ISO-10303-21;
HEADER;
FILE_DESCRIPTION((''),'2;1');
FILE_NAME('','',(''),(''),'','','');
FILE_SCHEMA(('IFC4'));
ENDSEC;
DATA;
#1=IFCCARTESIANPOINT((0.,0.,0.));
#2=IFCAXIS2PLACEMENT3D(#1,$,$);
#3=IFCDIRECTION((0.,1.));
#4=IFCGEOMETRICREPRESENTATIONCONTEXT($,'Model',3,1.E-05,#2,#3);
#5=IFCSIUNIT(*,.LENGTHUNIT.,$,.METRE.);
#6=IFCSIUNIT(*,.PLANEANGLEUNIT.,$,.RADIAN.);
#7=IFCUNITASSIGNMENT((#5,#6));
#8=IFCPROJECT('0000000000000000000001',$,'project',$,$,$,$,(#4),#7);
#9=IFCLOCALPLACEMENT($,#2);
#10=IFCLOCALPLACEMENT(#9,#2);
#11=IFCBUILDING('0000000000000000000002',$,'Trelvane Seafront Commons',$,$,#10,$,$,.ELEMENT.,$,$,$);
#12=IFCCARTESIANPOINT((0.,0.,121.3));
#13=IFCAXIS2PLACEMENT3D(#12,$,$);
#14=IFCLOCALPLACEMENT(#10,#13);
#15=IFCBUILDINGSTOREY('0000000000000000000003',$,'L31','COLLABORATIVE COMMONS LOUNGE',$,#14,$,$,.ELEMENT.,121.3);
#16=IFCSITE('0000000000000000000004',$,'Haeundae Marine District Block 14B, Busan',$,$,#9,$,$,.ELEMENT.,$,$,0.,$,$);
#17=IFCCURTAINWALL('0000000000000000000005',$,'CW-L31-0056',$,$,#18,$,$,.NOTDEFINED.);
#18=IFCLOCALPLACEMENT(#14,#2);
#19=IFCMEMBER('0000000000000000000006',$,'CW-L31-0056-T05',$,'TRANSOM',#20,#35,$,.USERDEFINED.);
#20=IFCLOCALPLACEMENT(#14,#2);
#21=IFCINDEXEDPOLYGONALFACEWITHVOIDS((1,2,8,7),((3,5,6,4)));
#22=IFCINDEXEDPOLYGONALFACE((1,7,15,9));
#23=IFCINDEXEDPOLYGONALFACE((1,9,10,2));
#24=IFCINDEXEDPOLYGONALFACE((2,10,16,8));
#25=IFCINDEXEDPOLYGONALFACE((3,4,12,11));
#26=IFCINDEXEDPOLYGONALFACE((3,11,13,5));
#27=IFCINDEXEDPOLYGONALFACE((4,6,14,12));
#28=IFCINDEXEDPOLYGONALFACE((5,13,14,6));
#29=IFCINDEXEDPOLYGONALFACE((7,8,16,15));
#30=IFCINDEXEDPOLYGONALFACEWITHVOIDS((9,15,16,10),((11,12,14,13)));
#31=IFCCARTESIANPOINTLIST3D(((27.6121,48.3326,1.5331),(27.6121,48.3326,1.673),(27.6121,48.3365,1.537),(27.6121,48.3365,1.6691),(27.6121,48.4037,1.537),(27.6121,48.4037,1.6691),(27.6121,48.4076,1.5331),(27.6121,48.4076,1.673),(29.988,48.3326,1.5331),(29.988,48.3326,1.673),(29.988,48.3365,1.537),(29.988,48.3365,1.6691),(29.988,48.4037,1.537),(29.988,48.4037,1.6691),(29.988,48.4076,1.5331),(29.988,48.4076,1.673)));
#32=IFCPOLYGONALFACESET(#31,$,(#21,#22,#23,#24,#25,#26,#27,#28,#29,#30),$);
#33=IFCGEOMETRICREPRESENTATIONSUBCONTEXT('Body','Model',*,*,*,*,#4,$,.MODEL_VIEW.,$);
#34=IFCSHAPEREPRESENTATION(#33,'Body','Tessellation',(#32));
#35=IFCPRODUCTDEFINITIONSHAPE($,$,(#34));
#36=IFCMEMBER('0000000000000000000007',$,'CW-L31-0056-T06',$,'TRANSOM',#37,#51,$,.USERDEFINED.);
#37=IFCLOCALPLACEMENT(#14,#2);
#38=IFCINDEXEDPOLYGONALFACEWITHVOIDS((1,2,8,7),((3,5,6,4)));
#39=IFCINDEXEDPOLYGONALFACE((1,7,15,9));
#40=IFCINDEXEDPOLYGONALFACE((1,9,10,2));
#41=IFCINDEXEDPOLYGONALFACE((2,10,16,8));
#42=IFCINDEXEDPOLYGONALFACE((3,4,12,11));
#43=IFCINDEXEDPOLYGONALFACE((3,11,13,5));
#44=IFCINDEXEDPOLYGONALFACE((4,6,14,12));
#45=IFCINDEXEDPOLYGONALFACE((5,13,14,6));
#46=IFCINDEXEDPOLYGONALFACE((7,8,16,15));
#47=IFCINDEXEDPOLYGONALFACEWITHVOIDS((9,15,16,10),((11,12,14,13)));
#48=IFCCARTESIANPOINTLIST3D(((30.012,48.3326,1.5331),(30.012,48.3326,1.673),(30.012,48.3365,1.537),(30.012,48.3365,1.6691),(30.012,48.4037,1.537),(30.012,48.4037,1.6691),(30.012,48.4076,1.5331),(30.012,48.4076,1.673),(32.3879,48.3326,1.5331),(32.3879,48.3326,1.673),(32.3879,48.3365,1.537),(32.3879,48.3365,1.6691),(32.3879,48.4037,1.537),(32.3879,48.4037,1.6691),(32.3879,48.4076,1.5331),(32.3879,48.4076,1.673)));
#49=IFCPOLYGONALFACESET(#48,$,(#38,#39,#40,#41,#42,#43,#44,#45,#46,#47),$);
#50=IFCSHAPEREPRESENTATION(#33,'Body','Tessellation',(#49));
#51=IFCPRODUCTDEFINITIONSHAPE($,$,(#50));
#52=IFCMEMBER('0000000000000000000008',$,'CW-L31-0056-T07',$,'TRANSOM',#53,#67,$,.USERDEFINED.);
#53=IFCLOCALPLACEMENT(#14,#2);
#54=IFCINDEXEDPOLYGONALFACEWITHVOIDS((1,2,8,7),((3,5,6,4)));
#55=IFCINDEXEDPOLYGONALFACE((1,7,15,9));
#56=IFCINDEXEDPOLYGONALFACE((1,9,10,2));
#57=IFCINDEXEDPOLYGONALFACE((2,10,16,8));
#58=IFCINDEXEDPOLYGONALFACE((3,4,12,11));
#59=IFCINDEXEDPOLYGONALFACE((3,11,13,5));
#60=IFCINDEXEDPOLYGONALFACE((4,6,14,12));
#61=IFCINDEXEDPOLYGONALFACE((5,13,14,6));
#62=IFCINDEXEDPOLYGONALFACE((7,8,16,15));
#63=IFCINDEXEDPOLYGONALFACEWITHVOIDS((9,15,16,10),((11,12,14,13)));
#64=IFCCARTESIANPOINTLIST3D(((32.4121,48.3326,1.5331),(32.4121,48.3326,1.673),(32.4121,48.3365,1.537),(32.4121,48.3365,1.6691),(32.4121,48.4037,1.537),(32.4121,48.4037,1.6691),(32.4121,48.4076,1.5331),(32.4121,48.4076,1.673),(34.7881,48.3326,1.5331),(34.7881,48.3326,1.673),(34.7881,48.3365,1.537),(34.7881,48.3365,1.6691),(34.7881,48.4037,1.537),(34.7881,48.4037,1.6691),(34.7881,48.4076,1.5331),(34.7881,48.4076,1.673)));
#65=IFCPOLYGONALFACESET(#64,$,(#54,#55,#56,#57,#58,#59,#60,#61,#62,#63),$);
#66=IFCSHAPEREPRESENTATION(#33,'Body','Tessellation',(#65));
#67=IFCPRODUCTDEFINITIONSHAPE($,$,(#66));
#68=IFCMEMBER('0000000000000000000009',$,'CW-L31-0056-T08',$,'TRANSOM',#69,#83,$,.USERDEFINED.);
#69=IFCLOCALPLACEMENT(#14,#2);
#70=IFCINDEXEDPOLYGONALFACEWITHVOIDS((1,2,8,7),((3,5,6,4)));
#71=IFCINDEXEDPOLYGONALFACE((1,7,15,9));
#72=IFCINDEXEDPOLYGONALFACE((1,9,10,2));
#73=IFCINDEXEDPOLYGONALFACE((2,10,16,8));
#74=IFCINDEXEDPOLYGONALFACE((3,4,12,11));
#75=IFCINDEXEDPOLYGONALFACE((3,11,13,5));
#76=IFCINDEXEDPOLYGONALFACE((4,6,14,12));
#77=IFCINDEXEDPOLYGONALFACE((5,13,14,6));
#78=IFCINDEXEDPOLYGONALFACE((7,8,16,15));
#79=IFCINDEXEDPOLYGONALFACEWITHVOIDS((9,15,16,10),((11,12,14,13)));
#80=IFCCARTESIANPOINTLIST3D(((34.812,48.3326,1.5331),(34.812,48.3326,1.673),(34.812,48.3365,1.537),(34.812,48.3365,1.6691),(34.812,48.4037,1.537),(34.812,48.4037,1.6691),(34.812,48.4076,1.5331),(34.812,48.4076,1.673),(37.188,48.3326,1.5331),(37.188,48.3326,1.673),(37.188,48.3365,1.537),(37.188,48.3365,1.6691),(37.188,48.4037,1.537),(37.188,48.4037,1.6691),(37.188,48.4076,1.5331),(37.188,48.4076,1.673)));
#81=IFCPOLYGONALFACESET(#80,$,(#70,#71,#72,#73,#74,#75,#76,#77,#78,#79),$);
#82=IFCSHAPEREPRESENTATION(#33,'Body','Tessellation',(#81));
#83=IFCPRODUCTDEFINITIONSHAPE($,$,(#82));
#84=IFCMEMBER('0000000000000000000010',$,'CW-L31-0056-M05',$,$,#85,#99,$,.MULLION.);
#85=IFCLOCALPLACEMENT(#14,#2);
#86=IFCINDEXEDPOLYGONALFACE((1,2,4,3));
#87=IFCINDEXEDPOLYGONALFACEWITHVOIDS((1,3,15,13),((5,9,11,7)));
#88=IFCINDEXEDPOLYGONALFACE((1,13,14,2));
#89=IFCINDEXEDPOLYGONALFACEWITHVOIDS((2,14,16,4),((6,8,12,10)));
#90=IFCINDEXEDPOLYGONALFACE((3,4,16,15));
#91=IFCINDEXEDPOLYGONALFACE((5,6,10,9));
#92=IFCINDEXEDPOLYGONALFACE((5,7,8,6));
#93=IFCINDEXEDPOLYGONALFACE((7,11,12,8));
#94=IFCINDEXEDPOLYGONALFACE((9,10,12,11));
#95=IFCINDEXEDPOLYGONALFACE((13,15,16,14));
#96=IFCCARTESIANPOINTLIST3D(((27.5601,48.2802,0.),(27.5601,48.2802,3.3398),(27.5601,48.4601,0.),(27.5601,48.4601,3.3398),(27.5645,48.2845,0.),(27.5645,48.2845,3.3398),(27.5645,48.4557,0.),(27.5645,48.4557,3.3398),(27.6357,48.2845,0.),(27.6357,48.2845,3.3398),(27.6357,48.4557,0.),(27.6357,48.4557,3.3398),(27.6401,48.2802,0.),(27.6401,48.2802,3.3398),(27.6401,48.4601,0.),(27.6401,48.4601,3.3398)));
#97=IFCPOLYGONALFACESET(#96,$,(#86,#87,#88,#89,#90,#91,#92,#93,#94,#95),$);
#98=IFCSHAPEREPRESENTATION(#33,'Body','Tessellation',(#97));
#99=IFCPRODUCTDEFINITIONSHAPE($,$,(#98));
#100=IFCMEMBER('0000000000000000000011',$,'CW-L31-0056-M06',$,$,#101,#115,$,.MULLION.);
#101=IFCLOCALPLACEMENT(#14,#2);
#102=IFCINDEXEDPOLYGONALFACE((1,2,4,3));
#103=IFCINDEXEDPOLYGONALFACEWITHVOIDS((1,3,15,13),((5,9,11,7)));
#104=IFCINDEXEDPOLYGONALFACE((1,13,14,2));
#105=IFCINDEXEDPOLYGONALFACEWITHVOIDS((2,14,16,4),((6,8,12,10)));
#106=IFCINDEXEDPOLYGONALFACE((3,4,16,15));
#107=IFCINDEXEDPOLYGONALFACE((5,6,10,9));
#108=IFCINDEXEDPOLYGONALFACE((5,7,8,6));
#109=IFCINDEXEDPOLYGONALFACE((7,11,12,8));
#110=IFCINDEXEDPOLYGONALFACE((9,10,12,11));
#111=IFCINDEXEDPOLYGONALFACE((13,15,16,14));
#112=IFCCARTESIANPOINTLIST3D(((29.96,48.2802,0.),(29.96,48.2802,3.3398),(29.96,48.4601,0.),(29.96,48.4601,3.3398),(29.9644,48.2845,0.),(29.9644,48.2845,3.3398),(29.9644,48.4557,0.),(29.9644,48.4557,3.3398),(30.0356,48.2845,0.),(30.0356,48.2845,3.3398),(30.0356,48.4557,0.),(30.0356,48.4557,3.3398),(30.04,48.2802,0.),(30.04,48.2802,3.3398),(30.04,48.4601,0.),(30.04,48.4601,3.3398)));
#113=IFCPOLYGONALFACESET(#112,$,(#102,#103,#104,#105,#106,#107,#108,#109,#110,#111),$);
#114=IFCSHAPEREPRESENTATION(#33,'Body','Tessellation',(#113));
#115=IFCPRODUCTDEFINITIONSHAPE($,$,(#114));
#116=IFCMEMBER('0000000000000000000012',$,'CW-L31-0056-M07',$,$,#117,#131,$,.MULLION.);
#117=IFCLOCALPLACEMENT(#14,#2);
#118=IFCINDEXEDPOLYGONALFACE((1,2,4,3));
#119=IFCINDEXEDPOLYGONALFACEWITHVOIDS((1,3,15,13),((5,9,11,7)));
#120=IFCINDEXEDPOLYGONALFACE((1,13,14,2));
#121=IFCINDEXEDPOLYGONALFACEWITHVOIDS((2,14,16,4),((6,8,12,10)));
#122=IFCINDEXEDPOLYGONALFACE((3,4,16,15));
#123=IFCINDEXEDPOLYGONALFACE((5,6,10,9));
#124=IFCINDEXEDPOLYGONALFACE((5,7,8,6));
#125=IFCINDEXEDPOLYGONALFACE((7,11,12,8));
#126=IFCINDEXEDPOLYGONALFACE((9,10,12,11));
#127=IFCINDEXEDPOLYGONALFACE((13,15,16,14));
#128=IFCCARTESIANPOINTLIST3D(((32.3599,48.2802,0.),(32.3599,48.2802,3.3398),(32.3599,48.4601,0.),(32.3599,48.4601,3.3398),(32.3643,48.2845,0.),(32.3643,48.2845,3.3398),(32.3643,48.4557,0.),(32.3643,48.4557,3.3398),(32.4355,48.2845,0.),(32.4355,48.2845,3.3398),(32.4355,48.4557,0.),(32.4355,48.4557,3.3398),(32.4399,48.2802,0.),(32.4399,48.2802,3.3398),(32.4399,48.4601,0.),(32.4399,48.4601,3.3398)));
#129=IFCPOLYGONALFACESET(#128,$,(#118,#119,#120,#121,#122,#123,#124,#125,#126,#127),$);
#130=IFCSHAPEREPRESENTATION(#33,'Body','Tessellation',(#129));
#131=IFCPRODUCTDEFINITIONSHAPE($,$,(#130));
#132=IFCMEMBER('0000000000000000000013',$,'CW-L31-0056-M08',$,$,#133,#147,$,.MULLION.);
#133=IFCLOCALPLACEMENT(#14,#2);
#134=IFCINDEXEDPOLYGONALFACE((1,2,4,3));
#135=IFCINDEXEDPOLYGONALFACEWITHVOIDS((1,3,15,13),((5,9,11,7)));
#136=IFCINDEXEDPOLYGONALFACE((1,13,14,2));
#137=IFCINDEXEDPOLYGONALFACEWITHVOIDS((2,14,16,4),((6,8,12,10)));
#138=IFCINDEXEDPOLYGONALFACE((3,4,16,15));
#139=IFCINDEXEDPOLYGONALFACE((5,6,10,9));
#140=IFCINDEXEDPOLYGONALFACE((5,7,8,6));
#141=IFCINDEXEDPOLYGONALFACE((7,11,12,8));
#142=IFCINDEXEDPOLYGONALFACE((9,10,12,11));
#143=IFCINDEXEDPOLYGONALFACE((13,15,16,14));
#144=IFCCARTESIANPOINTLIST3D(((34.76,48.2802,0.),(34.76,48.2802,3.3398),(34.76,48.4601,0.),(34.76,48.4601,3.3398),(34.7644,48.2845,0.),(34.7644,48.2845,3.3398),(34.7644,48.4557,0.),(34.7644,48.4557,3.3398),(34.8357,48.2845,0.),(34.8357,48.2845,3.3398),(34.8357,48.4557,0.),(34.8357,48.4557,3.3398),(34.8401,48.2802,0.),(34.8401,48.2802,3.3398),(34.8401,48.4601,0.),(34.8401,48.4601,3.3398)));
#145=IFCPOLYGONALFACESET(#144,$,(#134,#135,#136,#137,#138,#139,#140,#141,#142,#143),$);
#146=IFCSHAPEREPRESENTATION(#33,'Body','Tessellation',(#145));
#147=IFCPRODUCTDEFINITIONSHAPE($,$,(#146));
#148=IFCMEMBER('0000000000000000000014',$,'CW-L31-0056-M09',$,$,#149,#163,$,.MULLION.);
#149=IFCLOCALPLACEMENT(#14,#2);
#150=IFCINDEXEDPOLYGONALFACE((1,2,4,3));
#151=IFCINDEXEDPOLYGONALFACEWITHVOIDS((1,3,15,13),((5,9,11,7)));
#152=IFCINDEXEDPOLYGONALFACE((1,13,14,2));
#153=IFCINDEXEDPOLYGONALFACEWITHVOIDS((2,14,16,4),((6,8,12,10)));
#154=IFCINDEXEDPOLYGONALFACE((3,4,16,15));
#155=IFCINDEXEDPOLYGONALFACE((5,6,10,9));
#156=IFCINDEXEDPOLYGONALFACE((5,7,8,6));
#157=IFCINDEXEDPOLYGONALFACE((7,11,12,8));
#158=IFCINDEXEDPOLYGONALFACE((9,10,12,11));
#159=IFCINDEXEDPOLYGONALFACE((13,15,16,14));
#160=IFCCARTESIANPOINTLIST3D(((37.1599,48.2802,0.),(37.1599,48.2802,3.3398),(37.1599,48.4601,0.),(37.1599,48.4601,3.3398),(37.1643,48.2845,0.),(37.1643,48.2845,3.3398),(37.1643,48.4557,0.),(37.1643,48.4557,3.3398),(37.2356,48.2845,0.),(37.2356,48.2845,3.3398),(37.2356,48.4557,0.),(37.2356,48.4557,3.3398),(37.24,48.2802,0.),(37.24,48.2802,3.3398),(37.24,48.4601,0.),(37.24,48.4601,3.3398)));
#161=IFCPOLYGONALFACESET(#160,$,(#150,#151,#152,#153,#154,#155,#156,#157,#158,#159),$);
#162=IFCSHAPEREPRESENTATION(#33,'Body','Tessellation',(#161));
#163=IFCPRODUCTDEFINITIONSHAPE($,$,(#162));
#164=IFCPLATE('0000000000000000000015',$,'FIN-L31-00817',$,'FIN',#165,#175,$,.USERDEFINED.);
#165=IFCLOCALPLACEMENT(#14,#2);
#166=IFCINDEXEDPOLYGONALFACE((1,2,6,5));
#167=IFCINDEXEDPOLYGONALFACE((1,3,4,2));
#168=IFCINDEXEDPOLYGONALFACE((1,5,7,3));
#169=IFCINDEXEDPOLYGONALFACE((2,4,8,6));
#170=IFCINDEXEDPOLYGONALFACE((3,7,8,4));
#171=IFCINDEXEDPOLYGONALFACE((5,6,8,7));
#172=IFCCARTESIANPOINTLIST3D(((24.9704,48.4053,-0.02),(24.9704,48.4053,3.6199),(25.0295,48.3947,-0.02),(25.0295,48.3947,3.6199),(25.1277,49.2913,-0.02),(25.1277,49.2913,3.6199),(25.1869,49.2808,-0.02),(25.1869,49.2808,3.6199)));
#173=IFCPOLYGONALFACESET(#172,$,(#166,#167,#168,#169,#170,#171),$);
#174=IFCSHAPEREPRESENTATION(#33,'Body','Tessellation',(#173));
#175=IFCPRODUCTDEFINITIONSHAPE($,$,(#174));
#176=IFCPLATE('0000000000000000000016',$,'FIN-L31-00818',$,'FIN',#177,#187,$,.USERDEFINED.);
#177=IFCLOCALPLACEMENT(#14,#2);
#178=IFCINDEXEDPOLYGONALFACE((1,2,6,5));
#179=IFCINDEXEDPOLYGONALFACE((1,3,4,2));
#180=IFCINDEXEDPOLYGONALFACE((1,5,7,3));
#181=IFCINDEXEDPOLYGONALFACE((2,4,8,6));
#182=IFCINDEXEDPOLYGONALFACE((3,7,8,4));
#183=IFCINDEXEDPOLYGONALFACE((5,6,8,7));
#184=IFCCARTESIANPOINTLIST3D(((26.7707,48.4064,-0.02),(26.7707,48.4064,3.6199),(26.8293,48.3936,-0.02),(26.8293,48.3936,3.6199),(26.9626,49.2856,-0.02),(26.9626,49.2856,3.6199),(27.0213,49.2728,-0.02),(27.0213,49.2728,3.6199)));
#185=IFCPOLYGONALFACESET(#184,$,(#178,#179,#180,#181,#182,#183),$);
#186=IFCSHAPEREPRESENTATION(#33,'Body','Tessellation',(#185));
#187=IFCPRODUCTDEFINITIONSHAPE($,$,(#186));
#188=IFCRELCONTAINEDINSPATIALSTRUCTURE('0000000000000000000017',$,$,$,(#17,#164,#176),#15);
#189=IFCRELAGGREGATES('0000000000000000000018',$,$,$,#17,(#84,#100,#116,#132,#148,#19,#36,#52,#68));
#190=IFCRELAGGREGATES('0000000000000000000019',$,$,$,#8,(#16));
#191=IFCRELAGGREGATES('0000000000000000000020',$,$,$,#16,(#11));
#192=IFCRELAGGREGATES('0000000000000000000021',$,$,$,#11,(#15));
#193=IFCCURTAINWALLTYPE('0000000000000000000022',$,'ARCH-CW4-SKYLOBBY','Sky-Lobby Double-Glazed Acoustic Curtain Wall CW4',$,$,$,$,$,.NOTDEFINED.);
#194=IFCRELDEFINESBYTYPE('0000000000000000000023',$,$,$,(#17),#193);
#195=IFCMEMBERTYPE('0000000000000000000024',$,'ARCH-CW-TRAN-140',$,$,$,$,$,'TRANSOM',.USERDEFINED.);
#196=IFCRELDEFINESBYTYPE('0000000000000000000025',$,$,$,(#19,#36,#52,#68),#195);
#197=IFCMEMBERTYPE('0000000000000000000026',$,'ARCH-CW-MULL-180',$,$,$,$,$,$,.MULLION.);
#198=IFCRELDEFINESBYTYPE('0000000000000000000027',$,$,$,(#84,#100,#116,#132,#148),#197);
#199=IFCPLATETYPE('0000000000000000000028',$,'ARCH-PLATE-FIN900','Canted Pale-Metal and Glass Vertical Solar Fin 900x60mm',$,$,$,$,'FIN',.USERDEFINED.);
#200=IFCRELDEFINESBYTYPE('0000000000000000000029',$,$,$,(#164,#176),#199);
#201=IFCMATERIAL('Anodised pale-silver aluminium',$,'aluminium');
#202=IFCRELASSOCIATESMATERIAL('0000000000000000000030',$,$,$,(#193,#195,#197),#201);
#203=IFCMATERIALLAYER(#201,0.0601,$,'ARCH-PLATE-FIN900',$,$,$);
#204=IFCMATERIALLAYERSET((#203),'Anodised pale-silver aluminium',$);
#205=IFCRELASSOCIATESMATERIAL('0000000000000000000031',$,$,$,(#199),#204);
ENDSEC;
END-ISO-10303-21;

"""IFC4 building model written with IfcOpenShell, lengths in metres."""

from ifc_helpers import new_model, si_unit, direction, frame, origin, origin_2d, place, context, subcontext, project, spatial, rectangle, hollow_rectangle, extrude, source, transform, mapped, material, layer, layer_set, material_profile, profile_set, type_object, element, aggregate, save


model = new_model("IFC4")

# Units and contexts
model_context = context("Model", 3, precision=1e-05, world=origin(), true_north=direction((0.0, 1.0)))
body_context = subcontext(model_context, "Body", "Model", "MODEL_VIEW")
ifc_project = project(units=[si_unit("LENGTHUNIT", "METRE"), si_unit("PLANEANGLEUNIT", "RADIAN")], contexts=[model_context])

# Site, building, storey
site_placement = place(None, origin())
site = spatial("IfcSite", under=ifc_project, at=site_placement, Name="Haeundae Marine District Block 14B, Busan", CompositionType="ELEMENT", RefElevation=0.0)
building_placement = place(site_placement, origin())
building = spatial("IfcBuilding", under=site, at=building_placement, Name="Trelvane Seafront Commons", CompositionType="ELEMENT")
storey_placement = place(building_placement, frame((0.0, 0.0, 121.3)))
storey = spatial("IfcBuildingStorey", under=building, at=storey_placement, Name="L31", Description="COLLABORATIVE COMMONS LOUNGE", CompositionType="ELEMENT", Elevation=121.3)

# Curtain wall, members
ifc_material_1 = material(Name="Anodised pale-silver aluminium", Category="aluminium")
curtain_wall_type = type_object("IfcCurtainWallType", Name="ARCH-CW4-SKYLOBBY", Description="Sky-Lobby Double-Glazed Acoustic Curtain Wall CW4", PredefinedType="NOTDEFINED", material=ifc_material_1)
curtain_wall_placement = place(storey_placement, origin())
curtain_wall = element("IfcCurtainWall", 1, at=curtain_wall_placement, inside=storey, type_object=curtain_wall_type, Name="CW-L31-0056", PredefinedType="NOTDEFINED")
ifc_material_profile_1 = material_profile(ifc_material_1, hollow_rectangle(XDim=0.075, YDim=0.1399, WallThickness=0.0039, at=origin_2d()), Name="TRAN-75x140x4")
ifc_profile_set_1 = profile_set([ifc_material_profile_1], Name="Anodised pale-silver aluminium")
member_type_1 = type_object("IfcMemberType", Name="ARCH-CW-TRAN-140", ElementType="TRANSOM", PredefinedType="USERDEFINED", material=ifc_profile_set_1)
shared_shape_1 = source(origin(), body_context, "Body", "SweptSolid", [
    extrude(hollow_rectangle(XDim=0.075, YDim=0.1399, WallThickness=0.0039, at=origin_2d()), origin(), (0.0, 0.0, 1.0), 2.376),
])
member_1_placement = place(storey_placement, frame((27.6121, 48.3701, 1.603), z_axis=(1.0, 0.0, 0.0), x_axis=(0.0, 1.0, 0.0)))
member_1 = element("IfcMember", 2, at=member_1_placement, type_object=member_type_1, Name="CW-L31-0056-T05", ObjectType="TRANSOM", PredefinedType="USERDEFINED", context=body_context, shape_type="MappedRepresentation", body=[
    mapped(shared_shape_1, transform((0.0, 0.0, 0.0), x_axis=(1.0, 0.0, 0.0), y_axis=(0.0, 1.0, 0.0), z_axis=(0.0, 0.0, 1.0), scale=1.0)),
])
member_2_placement = place(storey_placement, frame((30.012, 48.3701, 1.603), z_axis=(1.0, 0.0, 0.0), x_axis=(0.0, 1.0, 0.0)))
member_2 = element("IfcMember", 3, at=member_2_placement, type_object=member_type_1, Name="CW-L31-0056-T06", ObjectType="TRANSOM", PredefinedType="USERDEFINED", context=body_context, shape_type="MappedRepresentation", body=[
    mapped(shared_shape_1, transform((0.0, 0.0, 0.0), x_axis=(1.0, 0.0, 0.0), y_axis=(0.0, 1.0, 0.0), z_axis=(0.0, 0.0, 1.0), scale=1.0)),
])
member_3_placement = place(storey_placement, frame((32.4121, 48.3701, 1.603), z_axis=(1.0, 0.0, 0.0), x_axis=(0.0, 1.0, 0.0)))
member_3 = element("IfcMember", 4, at=member_3_placement, type_object=member_type_1, Name="CW-L31-0056-T07", ObjectType="TRANSOM", PredefinedType="USERDEFINED", context=body_context, shape_type="MappedRepresentation", body=[
    mapped(shared_shape_1, transform((0.0, 0.0, 0.0), x_axis=(1.0, 0.0, 0.0), y_axis=(0.0, 1.0, 0.0), z_axis=(0.0, 0.0, 1.0), scale=1.0)),
])
member_4_placement = place(storey_placement, frame((34.812, 48.3701, 1.603), z_axis=(1.0, 0.0, 0.0), x_axis=(0.0, 1.0, 0.0)))
member_4 = element("IfcMember", 5, at=member_4_placement, type_object=member_type_1, Name="CW-L31-0056-T08", ObjectType="TRANSOM", PredefinedType="USERDEFINED", context=body_context, shape_type="MappedRepresentation", body=[
    mapped(shared_shape_1, transform((0.0, 0.0, 0.0), x_axis=(1.0, 0.0, 0.0), y_axis=(0.0, 1.0, 0.0), z_axis=(0.0, 0.0, 1.0), scale=1.0)),
])
ifc_material_profile_2 = material_profile(ifc_material_1, hollow_rectangle(XDim=0.0801, YDim=0.1799, WallThickness=0.0044, at=origin_2d()), Name="MULL-80x180x4.5")
ifc_profile_set_2 = profile_set([ifc_material_profile_2], Name="Anodised pale-silver aluminium")
member_type_2 = type_object("IfcMemberType", Name="ARCH-CW-MULL-180", PredefinedType="MULLION", material=ifc_profile_set_2)
shared_shape_2 = source(origin(), body_context, "Body", "SweptSolid", [
    extrude(hollow_rectangle(XDim=0.0801, YDim=0.1799, WallThickness=0.0044, at=origin_2d()), origin(), (0.0, 0.0, 1.0), 3.3398),
])
member_5_placement = place(storey_placement, frame((27.6001, 48.3701, 0.0), z_axis=(0.0, 0.0, 1.0), x_axis=(1.0, 0.0, 0.0)))
member_5 = element("IfcMember", 6, at=member_5_placement, type_object=member_type_2, Name="CW-L31-0056-M05", PredefinedType="MULLION", context=body_context, shape_type="MappedRepresentation", body=[
    mapped(shared_shape_2, transform((0.0, 0.0, 0.0), x_axis=(1.0, 0.0, 0.0), y_axis=(0.0, 1.0, 0.0), z_axis=(0.0, 0.0, 1.0), scale=1.0)),
])
member_6_placement = place(storey_placement, frame((30.0, 48.3701, 0.0), z_axis=(0.0, 0.0, 1.0), x_axis=(1.0, 0.0, 0.0)))
member_6 = element("IfcMember", 7, at=member_6_placement, type_object=member_type_2, Name="CW-L31-0056-M06", PredefinedType="MULLION", context=body_context, shape_type="MappedRepresentation", body=[
    mapped(shared_shape_2, transform((0.0, 0.0, 0.0), x_axis=(1.0, 0.0, 0.0), y_axis=(0.0, 1.0, 0.0), z_axis=(0.0, 0.0, 1.0), scale=1.0)),
])
member_7_placement = place(storey_placement, frame((32.3999, 48.3701, 0.0), z_axis=(0.0, 0.0, 1.0), x_axis=(1.0, 0.0, 0.0)))
member_7 = element("IfcMember", 8, at=member_7_placement, type_object=member_type_2, Name="CW-L31-0056-M07", PredefinedType="MULLION", context=body_context, shape_type="MappedRepresentation", body=[
    mapped(shared_shape_2, transform((0.0, 0.0, 0.0), x_axis=(1.0, 0.0, 0.0), y_axis=(0.0, 1.0, 0.0), z_axis=(0.0, 0.0, 1.0), scale=1.0)),
])
member_8_placement = place(storey_placement, frame((34.8, 48.3701, 0.0), z_axis=(0.0, 0.0, 1.0), x_axis=(1.0, 0.0, 0.0)))
member_8 = element("IfcMember", 9, at=member_8_placement, type_object=member_type_2, Name="CW-L31-0056-M08", PredefinedType="MULLION", context=body_context, shape_type="MappedRepresentation", body=[
    mapped(shared_shape_2, transform((0.0, 0.0, 0.0), x_axis=(1.0, 0.0, 0.0), y_axis=(0.0, 1.0, 0.0), z_axis=(0.0, 0.0, 1.0), scale=1.0)),
])
member_9_placement = place(storey_placement, frame((37.2, 48.3701, 0.0), z_axis=(0.0, 0.0, 1.0), x_axis=(1.0, 0.0, 0.0)))
member_9 = element("IfcMember", 10, at=member_9_placement, type_object=member_type_2, Name="CW-L31-0056-M09", PredefinedType="MULLION", context=body_context, shape_type="MappedRepresentation", body=[
    mapped(shared_shape_2, transform((0.0, 0.0, 0.0), x_axis=(1.0, 0.0, 0.0), y_axis=(0.0, 1.0, 0.0), z_axis=(0.0, 0.0, 1.0), scale=1.0)),
])

# Plates
ifc_layer_1 = layer(ifc_material_1, 0.0601, Name="ARCH-PLATE-FIN900")
ifc_layer_set_1 = layer_set([ifc_layer_1], Name="Anodised pale-silver aluminium")
plate_type_1 = type_object("IfcPlateType", Name="ARCH-PLATE-FIN900", Description="Canted Pale-Metal and Glass Vertical Solar Fin 900x60mm", ElementType="FIN", PredefinedType="USERDEFINED", material=ifc_layer_set_1)
shared_shape_3 = source(origin(), body_context, "Body", "SweptSolid", [
    extrude(rectangle(XDim=0.8999, YDim=0.0601, at=origin_2d()), origin(), (0.0, 0.0, 1.0), 3.6399),
])
for number, where, z_axis, x_axis, name in (
    (11, (25.0786, 48.843, -0.02), (0.0, 0.0, 1.0), (0.174894, 0.984587, 0.0), "FIN-L31-00817"),
    (12, (26.896, 48.8396, -0.02), (0.0, 0.0, 1.0), (0.213329, 0.97698, 0.0), "FIN-L31-00818"),
):
    element("IfcPlate", number, at=place(storey_placement, frame(where, z_axis=z_axis, x_axis=x_axis)), inside=storey, type_object=plate_type_1, Name=name, ObjectType="FIN", PredefinedType="USERDEFINED", context=body_context, shape_type="MappedRepresentation", body=[
        mapped(shared_shape_3, transform((0.0, 0.0, 0.0), x_axis=(1.0, 0.0, 0.0), y_axis=(0.0, 1.0, 0.0), z_axis=(0.0, 0.0, 1.0), scale=1.0)),
    ])

aggregate(curtain_wall, [member_5, member_6, member_7, member_8, member_9, member_1, member_2, member_3, member_4])

save(model, "model.ifc")
